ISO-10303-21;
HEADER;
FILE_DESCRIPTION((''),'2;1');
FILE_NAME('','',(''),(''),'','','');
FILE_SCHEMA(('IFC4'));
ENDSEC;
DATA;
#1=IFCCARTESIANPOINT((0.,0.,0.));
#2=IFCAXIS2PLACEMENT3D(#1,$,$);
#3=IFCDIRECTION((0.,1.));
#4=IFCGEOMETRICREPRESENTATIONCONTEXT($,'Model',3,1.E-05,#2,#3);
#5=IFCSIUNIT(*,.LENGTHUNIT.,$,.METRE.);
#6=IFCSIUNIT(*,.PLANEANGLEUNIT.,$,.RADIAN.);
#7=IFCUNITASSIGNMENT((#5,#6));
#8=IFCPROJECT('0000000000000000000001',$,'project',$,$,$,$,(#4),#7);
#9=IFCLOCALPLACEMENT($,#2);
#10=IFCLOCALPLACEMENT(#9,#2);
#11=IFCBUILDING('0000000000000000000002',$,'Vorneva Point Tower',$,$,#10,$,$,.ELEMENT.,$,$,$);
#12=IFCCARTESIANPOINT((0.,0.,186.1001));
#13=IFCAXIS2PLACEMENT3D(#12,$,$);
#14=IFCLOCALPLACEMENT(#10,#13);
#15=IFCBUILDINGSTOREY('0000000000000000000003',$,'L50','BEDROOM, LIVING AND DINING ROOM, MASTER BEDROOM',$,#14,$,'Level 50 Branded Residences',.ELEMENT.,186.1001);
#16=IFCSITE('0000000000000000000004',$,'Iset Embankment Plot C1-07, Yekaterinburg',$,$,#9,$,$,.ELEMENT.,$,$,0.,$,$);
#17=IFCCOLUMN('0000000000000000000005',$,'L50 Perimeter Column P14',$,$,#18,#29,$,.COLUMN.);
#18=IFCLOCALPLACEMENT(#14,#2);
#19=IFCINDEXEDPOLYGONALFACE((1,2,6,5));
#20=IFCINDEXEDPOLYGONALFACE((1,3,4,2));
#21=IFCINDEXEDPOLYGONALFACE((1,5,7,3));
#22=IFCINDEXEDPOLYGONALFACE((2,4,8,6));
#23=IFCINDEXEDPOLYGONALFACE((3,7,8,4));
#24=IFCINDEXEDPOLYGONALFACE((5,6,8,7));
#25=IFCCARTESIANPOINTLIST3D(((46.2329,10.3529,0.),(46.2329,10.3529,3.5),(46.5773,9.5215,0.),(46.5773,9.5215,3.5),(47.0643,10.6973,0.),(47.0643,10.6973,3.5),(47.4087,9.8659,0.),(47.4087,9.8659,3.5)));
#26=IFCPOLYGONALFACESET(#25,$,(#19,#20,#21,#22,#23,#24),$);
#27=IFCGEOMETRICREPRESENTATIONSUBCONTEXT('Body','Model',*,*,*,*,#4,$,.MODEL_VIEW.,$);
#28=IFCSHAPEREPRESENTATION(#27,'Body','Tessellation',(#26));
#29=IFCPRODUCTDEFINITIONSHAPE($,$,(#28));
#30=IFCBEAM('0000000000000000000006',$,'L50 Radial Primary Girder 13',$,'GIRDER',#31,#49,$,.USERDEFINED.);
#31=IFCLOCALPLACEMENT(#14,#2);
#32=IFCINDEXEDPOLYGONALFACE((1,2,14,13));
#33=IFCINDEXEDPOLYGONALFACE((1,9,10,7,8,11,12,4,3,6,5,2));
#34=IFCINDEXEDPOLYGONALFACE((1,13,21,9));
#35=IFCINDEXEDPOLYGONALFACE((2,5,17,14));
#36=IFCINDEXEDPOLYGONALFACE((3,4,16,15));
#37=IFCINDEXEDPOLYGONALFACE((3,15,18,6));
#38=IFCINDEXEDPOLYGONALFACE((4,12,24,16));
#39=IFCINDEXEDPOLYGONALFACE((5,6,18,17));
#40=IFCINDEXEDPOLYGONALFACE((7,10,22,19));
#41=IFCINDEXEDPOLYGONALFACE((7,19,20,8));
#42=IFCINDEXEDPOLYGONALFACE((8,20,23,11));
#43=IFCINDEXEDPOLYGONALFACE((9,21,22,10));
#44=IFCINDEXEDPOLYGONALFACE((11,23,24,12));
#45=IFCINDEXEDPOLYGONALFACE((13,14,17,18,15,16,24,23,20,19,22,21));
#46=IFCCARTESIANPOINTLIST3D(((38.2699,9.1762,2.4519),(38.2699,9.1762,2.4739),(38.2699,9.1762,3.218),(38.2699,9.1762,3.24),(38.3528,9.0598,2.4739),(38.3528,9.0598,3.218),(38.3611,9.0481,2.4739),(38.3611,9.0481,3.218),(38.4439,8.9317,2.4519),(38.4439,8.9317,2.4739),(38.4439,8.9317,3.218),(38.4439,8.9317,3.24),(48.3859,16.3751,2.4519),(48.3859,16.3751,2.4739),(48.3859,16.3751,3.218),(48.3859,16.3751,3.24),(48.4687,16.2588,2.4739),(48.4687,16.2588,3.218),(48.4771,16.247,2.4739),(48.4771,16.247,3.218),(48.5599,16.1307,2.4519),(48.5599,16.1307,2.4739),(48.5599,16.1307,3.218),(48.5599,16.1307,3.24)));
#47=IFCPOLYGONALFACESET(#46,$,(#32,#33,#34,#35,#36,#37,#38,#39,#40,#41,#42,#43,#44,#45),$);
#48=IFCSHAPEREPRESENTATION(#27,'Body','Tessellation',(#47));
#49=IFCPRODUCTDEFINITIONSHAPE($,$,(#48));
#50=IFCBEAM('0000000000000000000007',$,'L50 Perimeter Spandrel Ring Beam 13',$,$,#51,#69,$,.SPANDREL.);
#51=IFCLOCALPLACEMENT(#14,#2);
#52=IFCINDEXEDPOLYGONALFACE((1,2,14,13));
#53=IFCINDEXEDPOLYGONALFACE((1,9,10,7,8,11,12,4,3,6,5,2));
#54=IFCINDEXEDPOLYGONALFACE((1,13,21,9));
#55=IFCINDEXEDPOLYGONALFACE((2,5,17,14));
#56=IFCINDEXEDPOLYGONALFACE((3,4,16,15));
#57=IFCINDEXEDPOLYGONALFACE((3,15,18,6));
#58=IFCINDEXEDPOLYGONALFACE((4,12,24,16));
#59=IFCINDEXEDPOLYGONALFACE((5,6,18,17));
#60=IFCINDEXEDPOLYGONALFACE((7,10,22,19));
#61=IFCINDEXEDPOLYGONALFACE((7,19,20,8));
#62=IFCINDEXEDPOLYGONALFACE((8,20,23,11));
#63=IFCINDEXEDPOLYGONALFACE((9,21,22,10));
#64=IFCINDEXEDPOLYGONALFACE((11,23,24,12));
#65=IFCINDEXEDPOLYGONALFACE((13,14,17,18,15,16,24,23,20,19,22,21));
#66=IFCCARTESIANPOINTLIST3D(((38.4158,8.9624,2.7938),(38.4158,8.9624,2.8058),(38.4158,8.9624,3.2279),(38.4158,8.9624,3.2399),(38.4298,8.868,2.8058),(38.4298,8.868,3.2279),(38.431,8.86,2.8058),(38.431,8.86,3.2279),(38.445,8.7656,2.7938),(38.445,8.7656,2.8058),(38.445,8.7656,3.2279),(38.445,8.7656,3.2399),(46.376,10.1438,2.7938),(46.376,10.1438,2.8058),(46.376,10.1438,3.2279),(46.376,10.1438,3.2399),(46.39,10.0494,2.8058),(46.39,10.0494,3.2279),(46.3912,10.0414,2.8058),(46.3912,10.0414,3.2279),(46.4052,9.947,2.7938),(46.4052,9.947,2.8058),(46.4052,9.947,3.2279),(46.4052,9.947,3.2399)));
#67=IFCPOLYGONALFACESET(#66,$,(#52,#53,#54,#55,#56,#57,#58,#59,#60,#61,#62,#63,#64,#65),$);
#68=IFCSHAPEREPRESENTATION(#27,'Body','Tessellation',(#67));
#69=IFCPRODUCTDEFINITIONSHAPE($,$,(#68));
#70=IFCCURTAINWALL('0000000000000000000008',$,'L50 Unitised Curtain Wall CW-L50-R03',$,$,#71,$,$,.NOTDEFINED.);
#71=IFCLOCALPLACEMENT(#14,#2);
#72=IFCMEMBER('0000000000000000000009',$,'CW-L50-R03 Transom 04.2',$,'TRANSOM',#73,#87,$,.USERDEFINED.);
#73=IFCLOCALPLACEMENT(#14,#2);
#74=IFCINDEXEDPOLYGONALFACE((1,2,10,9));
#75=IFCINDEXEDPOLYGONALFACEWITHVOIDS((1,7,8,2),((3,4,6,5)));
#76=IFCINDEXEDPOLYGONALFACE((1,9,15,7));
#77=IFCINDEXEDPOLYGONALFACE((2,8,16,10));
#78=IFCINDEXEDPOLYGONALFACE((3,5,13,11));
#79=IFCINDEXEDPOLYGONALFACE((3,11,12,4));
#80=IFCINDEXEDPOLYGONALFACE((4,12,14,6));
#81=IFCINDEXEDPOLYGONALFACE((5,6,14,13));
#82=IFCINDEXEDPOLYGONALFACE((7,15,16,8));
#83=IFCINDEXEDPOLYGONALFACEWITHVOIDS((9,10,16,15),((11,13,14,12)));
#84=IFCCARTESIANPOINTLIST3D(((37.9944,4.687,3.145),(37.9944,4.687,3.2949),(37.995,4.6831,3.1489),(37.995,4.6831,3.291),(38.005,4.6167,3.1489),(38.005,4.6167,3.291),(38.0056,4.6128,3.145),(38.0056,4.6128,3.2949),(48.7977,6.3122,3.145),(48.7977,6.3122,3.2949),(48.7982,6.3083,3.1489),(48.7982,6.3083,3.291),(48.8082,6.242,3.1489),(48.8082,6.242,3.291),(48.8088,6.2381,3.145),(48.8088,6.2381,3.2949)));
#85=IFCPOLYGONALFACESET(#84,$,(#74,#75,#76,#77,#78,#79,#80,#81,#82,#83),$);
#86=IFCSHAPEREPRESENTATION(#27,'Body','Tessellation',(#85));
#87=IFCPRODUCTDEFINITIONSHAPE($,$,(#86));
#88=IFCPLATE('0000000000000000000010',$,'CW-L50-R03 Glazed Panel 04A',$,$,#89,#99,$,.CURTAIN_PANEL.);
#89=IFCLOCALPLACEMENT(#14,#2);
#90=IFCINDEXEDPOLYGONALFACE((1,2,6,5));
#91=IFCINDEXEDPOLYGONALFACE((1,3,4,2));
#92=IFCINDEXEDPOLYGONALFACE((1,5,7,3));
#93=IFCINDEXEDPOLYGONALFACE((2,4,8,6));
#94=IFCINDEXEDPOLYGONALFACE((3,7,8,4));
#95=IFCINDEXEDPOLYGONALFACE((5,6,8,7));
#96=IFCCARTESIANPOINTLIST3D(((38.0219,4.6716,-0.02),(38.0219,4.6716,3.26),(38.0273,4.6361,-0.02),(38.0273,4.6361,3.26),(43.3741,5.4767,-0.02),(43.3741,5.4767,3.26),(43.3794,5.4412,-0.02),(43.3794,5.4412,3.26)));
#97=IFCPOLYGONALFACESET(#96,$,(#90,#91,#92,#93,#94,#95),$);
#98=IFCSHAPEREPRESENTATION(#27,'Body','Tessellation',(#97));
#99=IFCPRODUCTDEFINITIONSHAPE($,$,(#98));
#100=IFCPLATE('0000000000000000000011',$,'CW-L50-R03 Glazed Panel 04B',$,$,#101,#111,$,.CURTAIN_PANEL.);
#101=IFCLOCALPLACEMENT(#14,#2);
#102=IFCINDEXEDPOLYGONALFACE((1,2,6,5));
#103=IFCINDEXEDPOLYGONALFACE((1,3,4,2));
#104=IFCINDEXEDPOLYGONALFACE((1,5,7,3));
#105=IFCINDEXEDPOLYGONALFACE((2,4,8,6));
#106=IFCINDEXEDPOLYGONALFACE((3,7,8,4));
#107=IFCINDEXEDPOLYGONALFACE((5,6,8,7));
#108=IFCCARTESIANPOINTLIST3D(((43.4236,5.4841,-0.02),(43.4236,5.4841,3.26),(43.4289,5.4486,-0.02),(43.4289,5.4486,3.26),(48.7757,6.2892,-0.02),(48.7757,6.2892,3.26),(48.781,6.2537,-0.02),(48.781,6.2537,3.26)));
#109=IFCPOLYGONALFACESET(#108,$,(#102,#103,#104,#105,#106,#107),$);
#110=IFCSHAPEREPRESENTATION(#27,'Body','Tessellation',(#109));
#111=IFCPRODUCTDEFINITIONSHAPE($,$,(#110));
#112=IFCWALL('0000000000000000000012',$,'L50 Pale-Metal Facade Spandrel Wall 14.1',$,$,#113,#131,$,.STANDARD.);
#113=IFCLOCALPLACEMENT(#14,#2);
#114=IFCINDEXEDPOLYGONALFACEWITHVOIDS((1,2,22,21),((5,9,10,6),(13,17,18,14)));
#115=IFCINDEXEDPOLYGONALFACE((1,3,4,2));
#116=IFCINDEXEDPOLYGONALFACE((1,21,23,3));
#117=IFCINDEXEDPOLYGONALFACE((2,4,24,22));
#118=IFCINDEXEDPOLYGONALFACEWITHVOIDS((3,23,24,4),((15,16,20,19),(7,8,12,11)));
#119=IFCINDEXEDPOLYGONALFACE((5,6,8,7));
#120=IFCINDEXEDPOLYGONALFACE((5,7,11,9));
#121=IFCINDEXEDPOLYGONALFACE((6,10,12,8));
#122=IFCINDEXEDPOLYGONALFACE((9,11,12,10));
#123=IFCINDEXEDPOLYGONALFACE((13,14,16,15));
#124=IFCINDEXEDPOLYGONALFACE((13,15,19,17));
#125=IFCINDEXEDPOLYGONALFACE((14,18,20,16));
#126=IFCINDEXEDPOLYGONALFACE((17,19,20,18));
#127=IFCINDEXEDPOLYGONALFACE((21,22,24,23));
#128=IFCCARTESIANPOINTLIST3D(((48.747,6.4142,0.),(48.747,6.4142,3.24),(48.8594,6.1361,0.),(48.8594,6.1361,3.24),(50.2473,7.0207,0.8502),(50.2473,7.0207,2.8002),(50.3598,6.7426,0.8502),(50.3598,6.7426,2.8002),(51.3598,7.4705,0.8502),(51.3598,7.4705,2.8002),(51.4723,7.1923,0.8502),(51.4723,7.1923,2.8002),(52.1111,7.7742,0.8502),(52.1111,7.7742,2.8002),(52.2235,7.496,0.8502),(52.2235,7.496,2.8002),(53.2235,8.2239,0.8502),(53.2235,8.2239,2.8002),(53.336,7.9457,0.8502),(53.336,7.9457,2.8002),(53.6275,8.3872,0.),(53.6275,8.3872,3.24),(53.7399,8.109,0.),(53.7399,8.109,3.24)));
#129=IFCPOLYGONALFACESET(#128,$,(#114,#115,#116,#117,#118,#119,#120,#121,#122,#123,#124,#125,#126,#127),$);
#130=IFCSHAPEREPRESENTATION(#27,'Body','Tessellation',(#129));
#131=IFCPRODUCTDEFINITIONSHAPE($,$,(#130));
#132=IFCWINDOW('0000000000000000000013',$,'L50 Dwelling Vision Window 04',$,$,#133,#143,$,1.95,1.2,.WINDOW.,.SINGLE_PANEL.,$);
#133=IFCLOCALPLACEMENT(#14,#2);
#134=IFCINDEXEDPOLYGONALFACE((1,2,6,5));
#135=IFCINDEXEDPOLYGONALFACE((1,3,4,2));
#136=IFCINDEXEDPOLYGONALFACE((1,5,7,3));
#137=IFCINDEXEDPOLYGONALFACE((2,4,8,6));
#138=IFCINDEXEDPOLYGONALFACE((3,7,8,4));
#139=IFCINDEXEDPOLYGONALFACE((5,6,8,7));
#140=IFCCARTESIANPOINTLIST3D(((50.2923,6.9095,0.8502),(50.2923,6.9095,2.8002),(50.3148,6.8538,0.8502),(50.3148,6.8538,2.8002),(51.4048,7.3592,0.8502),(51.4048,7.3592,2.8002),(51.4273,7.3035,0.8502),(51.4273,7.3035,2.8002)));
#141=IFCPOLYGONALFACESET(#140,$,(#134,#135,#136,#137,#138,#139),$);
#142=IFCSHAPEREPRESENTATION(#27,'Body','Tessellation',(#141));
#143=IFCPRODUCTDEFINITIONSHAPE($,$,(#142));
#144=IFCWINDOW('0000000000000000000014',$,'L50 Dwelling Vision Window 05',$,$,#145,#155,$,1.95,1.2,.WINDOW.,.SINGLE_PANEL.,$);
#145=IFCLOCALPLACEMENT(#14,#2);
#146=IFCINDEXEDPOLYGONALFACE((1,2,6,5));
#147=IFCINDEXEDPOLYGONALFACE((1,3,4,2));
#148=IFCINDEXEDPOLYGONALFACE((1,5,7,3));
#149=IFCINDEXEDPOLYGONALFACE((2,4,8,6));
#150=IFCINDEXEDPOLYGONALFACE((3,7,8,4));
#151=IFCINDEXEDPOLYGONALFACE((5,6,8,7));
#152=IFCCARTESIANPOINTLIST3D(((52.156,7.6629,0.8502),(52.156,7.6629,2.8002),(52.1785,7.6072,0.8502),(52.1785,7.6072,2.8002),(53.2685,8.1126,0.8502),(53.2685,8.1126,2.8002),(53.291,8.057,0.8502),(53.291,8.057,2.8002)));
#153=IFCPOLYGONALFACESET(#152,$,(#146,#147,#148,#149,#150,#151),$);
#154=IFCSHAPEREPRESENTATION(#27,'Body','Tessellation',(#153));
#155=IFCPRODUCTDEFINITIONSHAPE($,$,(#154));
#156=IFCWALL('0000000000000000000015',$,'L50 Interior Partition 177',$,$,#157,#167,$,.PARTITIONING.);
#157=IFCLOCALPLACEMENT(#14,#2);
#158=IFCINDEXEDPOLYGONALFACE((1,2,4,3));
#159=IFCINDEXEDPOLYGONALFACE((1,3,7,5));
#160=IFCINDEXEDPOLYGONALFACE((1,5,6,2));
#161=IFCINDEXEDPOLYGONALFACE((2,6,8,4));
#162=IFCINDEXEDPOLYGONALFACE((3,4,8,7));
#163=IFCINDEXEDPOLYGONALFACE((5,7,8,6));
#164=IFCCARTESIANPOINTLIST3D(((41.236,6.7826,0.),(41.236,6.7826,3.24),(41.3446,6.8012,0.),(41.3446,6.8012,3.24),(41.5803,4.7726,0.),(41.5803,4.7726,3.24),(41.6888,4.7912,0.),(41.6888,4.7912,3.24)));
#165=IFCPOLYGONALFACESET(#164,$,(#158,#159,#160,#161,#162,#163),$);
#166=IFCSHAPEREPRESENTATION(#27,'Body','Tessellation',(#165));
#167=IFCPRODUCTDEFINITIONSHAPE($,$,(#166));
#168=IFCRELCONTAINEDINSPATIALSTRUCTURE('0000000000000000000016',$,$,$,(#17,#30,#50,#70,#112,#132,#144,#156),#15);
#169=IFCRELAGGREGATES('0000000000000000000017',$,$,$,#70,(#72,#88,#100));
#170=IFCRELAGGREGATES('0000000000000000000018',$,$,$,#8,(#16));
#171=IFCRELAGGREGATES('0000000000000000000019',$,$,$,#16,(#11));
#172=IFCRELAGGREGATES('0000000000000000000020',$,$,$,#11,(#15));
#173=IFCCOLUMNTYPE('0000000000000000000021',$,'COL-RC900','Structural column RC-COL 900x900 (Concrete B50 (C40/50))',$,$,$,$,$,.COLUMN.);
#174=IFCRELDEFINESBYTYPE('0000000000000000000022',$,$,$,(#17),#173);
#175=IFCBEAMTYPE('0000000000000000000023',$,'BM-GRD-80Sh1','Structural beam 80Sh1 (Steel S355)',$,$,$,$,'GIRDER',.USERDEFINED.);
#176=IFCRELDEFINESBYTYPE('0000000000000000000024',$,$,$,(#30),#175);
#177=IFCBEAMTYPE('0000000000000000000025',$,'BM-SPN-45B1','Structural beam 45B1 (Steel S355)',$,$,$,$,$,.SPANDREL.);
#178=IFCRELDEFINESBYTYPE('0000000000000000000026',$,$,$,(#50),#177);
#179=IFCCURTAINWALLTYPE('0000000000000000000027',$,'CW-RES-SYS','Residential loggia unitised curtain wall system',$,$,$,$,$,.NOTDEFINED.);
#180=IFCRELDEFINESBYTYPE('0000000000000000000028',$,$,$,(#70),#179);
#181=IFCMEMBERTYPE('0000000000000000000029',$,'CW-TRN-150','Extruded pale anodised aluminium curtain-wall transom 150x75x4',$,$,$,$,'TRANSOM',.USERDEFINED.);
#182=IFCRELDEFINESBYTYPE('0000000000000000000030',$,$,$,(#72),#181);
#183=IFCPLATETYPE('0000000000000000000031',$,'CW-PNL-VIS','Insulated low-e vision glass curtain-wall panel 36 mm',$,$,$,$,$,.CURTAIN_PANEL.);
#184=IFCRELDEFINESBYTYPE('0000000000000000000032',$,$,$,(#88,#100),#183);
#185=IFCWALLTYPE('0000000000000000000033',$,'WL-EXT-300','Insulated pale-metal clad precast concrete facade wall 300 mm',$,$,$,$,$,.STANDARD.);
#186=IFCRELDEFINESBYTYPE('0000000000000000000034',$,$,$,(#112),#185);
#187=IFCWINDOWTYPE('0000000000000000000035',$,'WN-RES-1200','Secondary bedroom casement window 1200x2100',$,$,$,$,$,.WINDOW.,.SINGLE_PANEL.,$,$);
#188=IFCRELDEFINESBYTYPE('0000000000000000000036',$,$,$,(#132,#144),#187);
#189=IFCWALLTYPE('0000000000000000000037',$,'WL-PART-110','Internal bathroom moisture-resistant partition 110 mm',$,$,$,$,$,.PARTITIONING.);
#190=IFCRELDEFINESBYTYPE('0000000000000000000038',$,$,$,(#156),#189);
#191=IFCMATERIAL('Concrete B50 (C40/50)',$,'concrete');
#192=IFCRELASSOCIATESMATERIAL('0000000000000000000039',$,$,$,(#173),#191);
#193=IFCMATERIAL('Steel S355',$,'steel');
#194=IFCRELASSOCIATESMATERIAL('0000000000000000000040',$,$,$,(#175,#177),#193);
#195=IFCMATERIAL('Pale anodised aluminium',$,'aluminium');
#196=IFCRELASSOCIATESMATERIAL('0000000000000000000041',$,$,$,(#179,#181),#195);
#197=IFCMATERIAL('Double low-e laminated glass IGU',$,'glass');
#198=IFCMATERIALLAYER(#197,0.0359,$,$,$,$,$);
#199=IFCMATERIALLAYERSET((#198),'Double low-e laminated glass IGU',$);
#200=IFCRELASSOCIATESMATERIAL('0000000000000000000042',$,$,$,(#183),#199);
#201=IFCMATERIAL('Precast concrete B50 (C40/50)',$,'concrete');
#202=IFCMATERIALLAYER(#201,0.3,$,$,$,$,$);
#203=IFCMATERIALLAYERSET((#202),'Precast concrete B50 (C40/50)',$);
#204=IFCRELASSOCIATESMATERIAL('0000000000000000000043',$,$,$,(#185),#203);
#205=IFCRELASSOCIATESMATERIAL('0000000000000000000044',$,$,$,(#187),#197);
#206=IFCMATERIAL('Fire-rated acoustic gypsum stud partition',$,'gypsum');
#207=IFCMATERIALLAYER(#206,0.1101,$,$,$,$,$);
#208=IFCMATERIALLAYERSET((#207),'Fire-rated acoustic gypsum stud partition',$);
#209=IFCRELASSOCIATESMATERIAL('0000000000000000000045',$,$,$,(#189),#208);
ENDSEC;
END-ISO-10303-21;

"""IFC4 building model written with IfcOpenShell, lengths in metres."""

from ifc_helpers import new_model, si_unit, direction, frame, frame_2d, origin, origin_2d, place, context, subcontext, project, spatial, rectangle, hollow_rectangle, i_section, extrude, material, layer, layer_set, material_profile, profile_set, type_object, element, fill, aggregate, save


model = new_model("IFC4")

# Units and contexts
model_context = context("Model", 3, precision=1e-05, world=origin(), true_north=direction((0.0, 1.0)))
body_context = subcontext(model_context, "Body", "Model", "MODEL_VIEW")
ifc_project = project(units=[si_unit("LENGTHUNIT", "METRE"), si_unit("PLANEANGLEUNIT", "RADIAN")], contexts=[model_context])

# Site, building, storey
site_placement = place(None, origin())
site = spatial("IfcSite", under=ifc_project, at=site_placement, Name="Iset Embankment Plot C1-07, Yekaterinburg", CompositionType="ELEMENT", RefElevation=0.0)
building_placement = place(site_placement, origin())
building = spatial("IfcBuilding", under=site, at=building_placement, Name="Vorneva Point Tower", CompositionType="ELEMENT")
storey_placement = place(building_placement, frame((0.0, 0.0, 186.1001)))
storey = spatial("IfcBuildingStorey", under=building, at=storey_placement, Name="L50", Description="BEDROOM, LIVING AND DINING ROOM, MASTER BEDROOM", LongName="Level 50 Branded Residences", CompositionType="ELEMENT", Elevation=186.1001)

# Column
ifc_material_1 = material(Name="Concrete B50 (C40/50)", Category="concrete")
ifc_material_profile_1 = material_profile(ifc_material_1, rectangle(XDim=0.8999, YDim=0.8999, at=origin_2d()), Name="RC-COL 900x900")
ifc_profile_set_1 = profile_set([ifc_material_profile_1], Name="Concrete B50 (C40/50)")
column_type = type_object("IfcColumnType", Name="COL-RC900", Description="Structural column RC-COL 900x900 (Concrete B50 (C40/50))", PredefinedType="COLUMN", material=ifc_profile_set_1)
column_placement = place(storey_placement, frame((46.8208, 10.1094, 0.0), z_axis=(0.0, 0.0, 1.0), x_axis=(0.382683, -0.92388, 0.0)))
element("IfcColumn", 1, at=column_placement, inside=storey, type_object=column_type, Name="L50 Perimeter Column P14", PredefinedType="COLUMN", context=body_context, shape_type="SweptSolid", body=[
    extrude(rectangle(XDim=0.8999, YDim=0.8999, at=origin_2d()), origin(), (0.0, 0.0, 1.0), 3.5),
])

# Beams
ifc_material_2 = material(Name="Steel S355", Category="steel")
ifc_material_profile_2 = material_profile(ifc_material_2, i_section(OverallWidth=0.3, OverallDepth=0.7881, WebThickness=0.0144, FlangeThickness=0.022, at=origin_2d()), Name="80Sh1")
ifc_profile_set_2 = profile_set([ifc_material_profile_2], Name="Steel S355")
beam_type_1 = type_object("IfcBeamType", Name="BM-GRD-80Sh1", Description="Structural beam 80Sh1 (Steel S355)", ElementType="GIRDER", PredefinedType="USERDEFINED", material=ifc_profile_set_2)
beam_1_placement = place(storey_placement, frame((38.3569, 9.054, 2.8459), z_axis=(0.81475, 0.579813, 0.0), x_axis=(-0.579813, 0.81475, 0.0)))
element("IfcBeam", 2, at=beam_1_placement, inside=storey, type_object=beam_type_1, Name="L50 Radial Primary Girder 13", ObjectType="GIRDER", PredefinedType="USERDEFINED", context=body_context, shape_type="SweptSolid", body=[
    extrude(i_section(OverallWidth=0.3, OverallDepth=0.7881, WebThickness=0.0144, FlangeThickness=0.022, at=origin_2d()), origin(), (0.0, 0.0, 1.0), 12.416),
])
ifc_material_profile_3 = material_profile(ifc_material_2, i_section(OverallWidth=0.199, OverallDepth=0.446, WebThickness=0.0081, FlangeThickness=0.012, at=origin_2d()), Name="45B1")
ifc_profile_set_3 = profile_set([ifc_material_profile_3], Name="Steel S355")
beam_type_2 = type_object("IfcBeamType", Name="BM-SPN-45B1", Description="Structural beam 45B1 (Steel S355)", PredefinedType="SPANDREL", material=ifc_profile_set_3)
beam_2_placement = place(storey_placement, frame((38.4304, 8.864, 3.0168), z_axis=(0.989165, 0.146805, 0.0), x_axis=(-0.146805, 0.989165, 0.0)))
element("IfcBeam", 3, at=beam_2_placement, inside=storey, type_object=beam_type_2, Name="L50 Perimeter Spandrel Ring Beam 13", PredefinedType="SPANDREL", context=body_context, shape_type="SweptSolid", body=[
    extrude(i_section(OverallWidth=0.199, OverallDepth=0.446, WebThickness=0.0081, FlangeThickness=0.012, at=origin_2d()), origin(), (0.0, 0.0, 1.0), 8.0474),
])

# Curtain wall, member, plates
ifc_material_3 = material(Name="Pale anodised aluminium", Category="aluminium")
curtain_wall_type = type_object("IfcCurtainWallType", Name="CW-RES-SYS", Description="Residential loggia unitised curtain wall system", PredefinedType="NOTDEFINED", material=ifc_material_3)
curtain_wall_placement = place(storey_placement, origin())
curtain_wall = element("IfcCurtainWall", 4, at=curtain_wall_placement, inside=storey, type_object=curtain_wall_type, Name="L50 Unitised Curtain Wall CW-L50-R03", PredefinedType="NOTDEFINED")
ifc_material_profile_4 = material_profile(ifc_material_3, hollow_rectangle(XDim=0.075, YDim=0.1499, WallThickness=0.0039, at=origin_2d()), Name="AL-TRN 150x75x4")
ifc_profile_set_4 = profile_set([ifc_material_profile_4], Name="Pale anodised aluminium")
member_type = type_object("IfcMemberType", Name="CW-TRN-150", Description="Extruded pale anodised aluminium curtain-wall transom 150x75x4", ElementType="TRANSOM", PredefinedType="USERDEFINED", material=ifc_profile_set_4)
member_placement = place(storey_placement, frame((38.0, 4.6499, 3.22), z_axis=(0.988872, 0.148767, 0.0), x_axis=(-0.148767, 0.988872, 0.0)))
member = element("IfcMember", 5, at=member_placement, type_object=member_type, Name="CW-L50-R03 Transom 04.2", ObjectType="TRANSOM", PredefinedType="USERDEFINED", context=body_context, shape_type="SweptSolid", body=[
    extrude(hollow_rectangle(XDim=0.075, YDim=0.1499, WallThickness=0.0039, at=origin_2d()), origin(), (0.0, 0.0, 1.0), 10.9248),
])
ifc_material_4 = material(Name="Double low-e laminated glass IGU", Category="glass")
ifc_layer_1 = layer(ifc_material_4, 0.0359)
ifc_layer_set_1 = layer_set([ifc_layer_1], Name="Double low-e laminated glass IGU")
plate_type = type_object("IfcPlateType", Name="CW-PNL-VIS", Description="Insulated low-e vision glass curtain-wall panel 36 mm", PredefinedType="CURTAIN_PANEL", material=ifc_layer_set_1)
plate_1_placement = place(storey_placement, frame((40.7007, 5.0564, -0.02), z_axis=(0.0, 0.0, 1.0), x_axis=(0.988874, 0.148759, 0.0)))
plate_1 = element("IfcPlate", 6, at=plate_1_placement, type_object=plate_type, Name="CW-L50-R03 Glazed Panel 04A", PredefinedType="CURTAIN_PANEL", context=body_context, shape_type="SweptSolid", body=[
    extrude(rectangle(XDim=5.4124, YDim=0.0359, at=origin_2d()), origin(), (0.0, 0.0, 1.0), 3.28),
])
plate_2_placement = place(storey_placement, frame((46.1023, 5.8689, -0.02), z_axis=(0.0, 0.0, 1.0), x_axis=(0.988874, 0.148759, 0.0)))
plate_2 = element("IfcPlate", 7, at=plate_2_placement, type_object=plate_type, Name="CW-L50-R03 Glazed Panel 04B", PredefinedType="CURTAIN_PANEL", context=body_context, shape_type="SweptSolid", body=[
    extrude(rectangle(XDim=5.4124, YDim=0.0359, at=origin_2d()), origin(), (0.0, 0.0, 1.0), 3.28),
])
aggregate(curtain_wall, [member, plate_1, plate_2])

# Wall, openings, windows
ifc_material_5 = material(Name="Precast concrete B50 (C40/50)", Category="concrete")
ifc_layer_2 = layer(ifc_material_5, 0.3)
ifc_layer_set_2 = layer_set([ifc_layer_2], Name="Precast concrete B50 (C40/50)")
wall_type_1 = type_object("IfcWallType", Name="WL-EXT-300", Description="Insulated pale-metal clad precast concrete facade wall 300 mm", PredefinedType="STANDARD", material=ifc_layer_set_2)
wall_1_placement = place(storey_placement, frame((48.8032, 6.2751, 0.0), z_axis=(0.0, 0.0, 1.0), x_axis=(0.927111, 0.374787, 0.0)))
wall_1 = element("IfcWall", 8, at=wall_1_placement, inside=storey, type_object=wall_type_1, Name="L50 Pale-Metal Facade Spandrel Wall 14.1", PredefinedType="STANDARD", context=body_context, shape_type="SweptSolid", body=[
    extrude(rectangle(XDim=5.2642, YDim=0.3, at=frame_2d((2.6321, 0.0))), origin(), (0.0, 0.0, 1.0), 3.24),
])
opening_1_placement = place(wall_1_placement, frame((1.6182, 0.0, 0.8501)))
opening_1 = element("IfcOpeningElement", 9, at=opening_1_placement, cuts=wall_1, PredefinedType="OPENING", context=body_context, shape_type="SweptSolid", body=[
    extrude(rectangle(XDim=1.2, YDim=1.95, at=frame_2d((0.6001, 0.9751))), frame((0.0, 0.165, 0.0), z_axis=(0.0, -1.0, 0.0), x_axis=(1.0, 0.0, 0.0)), (0.0, 0.0, 1.0), 0.3298),
])
opening_2_placement = place(wall_1_placement, frame((3.6284, 0.0, 0.8501)))
opening_2 = element("IfcOpeningElement", 10, at=opening_2_placement, cuts=wall_1, PredefinedType="OPENING", context=body_context, shape_type="SweptSolid", body=[
    extrude(rectangle(XDim=1.2, YDim=1.95, at=frame_2d((0.6001, 0.9751))), frame((0.0, 0.165, 0.0), z_axis=(0.0, -1.0, 0.0), x_axis=(1.0, 0.0, 0.0)), (0.0, 0.0, 1.0), 0.3298),
])
window_type = type_object("IfcWindowType", Name="WN-RES-1200", Description="Secondary bedroom casement window 1200x2100", PartitioningType="SINGLE_PANEL", PredefinedType="WINDOW", material=ifc_material_4)
window_1_placement = place(opening_1_placement, origin())
window_1 = element("IfcWindow", 11, at=window_1_placement, inside=storey, type_object=window_type, Name="L50 Dwelling Vision Window 04", OverallHeight=1.95, OverallWidth=1.2, PartitioningType="SINGLE_PANEL", PredefinedType="WINDOW", context=body_context, shape_type="SweptSolid", body=[
    extrude(rectangle(XDim=1.2, YDim=1.95, at=frame_2d((0.6001, 0.9751))), frame((0.0, 0.03, 0.0), z_axis=(0.0, -1.0, 0.0), x_axis=(1.0, 0.0, 0.0)), (0.0, 0.0, 1.0), 0.0601),
])
fill(opening_1, window_1)
window_2_placement = place(opening_2_placement, origin())
window_2 = element("IfcWindow", 12, at=window_2_placement, inside=storey, type_object=window_type, Name="L50 Dwelling Vision Window 05", OverallHeight=1.95, OverallWidth=1.2, PartitioningType="SINGLE_PANEL", PredefinedType="WINDOW", context=body_context, shape_type="SweptSolid", body=[
    extrude(rectangle(XDim=1.2, YDim=1.95, at=frame_2d((0.6001, 0.9751))), frame((0.0, 0.03, 0.0), z_axis=(0.0, -1.0, 0.0), x_axis=(1.0, 0.0, 0.0)), (0.0, 0.0, 1.0), 0.0601),
])
fill(opening_2, window_2)

# Wall
ifc_material_6 = material(Name="Fire-rated acoustic gypsum stud partition", Category="gypsum")
ifc_layer_3 = layer(ifc_material_6, 0.1101)
ifc_layer_set_3 = layer_set([ifc_layer_3], Name="Fire-rated acoustic gypsum stud partition")
wall_type_2 = type_object("IfcWallType", Name="WL-PART-110", Description="Internal bathroom moisture-resistant partition 110 mm", PredefinedType="PARTITIONING", material=ifc_layer_set_3)
wall_2_placement = place(storey_placement, frame((41.6345, 4.782, 0.0), z_axis=(0.0, 0.0, 1.0), x_axis=(-0.168804, 0.98565, 0.0)))
element("IfcWall", 13, at=wall_2_placement, inside=storey, type_object=wall_type_2, Name="L50 Interior Partition 177", PredefinedType="PARTITIONING", context=body_context, shape_type="SweptSolid", body=[
    extrude(rectangle(XDim=2.0393, YDim=0.1101, at=frame_2d((1.0195, 0.0))), origin(), (0.0, 0.0, 1.0), 3.24),
])

save(model, "model.ifc")
